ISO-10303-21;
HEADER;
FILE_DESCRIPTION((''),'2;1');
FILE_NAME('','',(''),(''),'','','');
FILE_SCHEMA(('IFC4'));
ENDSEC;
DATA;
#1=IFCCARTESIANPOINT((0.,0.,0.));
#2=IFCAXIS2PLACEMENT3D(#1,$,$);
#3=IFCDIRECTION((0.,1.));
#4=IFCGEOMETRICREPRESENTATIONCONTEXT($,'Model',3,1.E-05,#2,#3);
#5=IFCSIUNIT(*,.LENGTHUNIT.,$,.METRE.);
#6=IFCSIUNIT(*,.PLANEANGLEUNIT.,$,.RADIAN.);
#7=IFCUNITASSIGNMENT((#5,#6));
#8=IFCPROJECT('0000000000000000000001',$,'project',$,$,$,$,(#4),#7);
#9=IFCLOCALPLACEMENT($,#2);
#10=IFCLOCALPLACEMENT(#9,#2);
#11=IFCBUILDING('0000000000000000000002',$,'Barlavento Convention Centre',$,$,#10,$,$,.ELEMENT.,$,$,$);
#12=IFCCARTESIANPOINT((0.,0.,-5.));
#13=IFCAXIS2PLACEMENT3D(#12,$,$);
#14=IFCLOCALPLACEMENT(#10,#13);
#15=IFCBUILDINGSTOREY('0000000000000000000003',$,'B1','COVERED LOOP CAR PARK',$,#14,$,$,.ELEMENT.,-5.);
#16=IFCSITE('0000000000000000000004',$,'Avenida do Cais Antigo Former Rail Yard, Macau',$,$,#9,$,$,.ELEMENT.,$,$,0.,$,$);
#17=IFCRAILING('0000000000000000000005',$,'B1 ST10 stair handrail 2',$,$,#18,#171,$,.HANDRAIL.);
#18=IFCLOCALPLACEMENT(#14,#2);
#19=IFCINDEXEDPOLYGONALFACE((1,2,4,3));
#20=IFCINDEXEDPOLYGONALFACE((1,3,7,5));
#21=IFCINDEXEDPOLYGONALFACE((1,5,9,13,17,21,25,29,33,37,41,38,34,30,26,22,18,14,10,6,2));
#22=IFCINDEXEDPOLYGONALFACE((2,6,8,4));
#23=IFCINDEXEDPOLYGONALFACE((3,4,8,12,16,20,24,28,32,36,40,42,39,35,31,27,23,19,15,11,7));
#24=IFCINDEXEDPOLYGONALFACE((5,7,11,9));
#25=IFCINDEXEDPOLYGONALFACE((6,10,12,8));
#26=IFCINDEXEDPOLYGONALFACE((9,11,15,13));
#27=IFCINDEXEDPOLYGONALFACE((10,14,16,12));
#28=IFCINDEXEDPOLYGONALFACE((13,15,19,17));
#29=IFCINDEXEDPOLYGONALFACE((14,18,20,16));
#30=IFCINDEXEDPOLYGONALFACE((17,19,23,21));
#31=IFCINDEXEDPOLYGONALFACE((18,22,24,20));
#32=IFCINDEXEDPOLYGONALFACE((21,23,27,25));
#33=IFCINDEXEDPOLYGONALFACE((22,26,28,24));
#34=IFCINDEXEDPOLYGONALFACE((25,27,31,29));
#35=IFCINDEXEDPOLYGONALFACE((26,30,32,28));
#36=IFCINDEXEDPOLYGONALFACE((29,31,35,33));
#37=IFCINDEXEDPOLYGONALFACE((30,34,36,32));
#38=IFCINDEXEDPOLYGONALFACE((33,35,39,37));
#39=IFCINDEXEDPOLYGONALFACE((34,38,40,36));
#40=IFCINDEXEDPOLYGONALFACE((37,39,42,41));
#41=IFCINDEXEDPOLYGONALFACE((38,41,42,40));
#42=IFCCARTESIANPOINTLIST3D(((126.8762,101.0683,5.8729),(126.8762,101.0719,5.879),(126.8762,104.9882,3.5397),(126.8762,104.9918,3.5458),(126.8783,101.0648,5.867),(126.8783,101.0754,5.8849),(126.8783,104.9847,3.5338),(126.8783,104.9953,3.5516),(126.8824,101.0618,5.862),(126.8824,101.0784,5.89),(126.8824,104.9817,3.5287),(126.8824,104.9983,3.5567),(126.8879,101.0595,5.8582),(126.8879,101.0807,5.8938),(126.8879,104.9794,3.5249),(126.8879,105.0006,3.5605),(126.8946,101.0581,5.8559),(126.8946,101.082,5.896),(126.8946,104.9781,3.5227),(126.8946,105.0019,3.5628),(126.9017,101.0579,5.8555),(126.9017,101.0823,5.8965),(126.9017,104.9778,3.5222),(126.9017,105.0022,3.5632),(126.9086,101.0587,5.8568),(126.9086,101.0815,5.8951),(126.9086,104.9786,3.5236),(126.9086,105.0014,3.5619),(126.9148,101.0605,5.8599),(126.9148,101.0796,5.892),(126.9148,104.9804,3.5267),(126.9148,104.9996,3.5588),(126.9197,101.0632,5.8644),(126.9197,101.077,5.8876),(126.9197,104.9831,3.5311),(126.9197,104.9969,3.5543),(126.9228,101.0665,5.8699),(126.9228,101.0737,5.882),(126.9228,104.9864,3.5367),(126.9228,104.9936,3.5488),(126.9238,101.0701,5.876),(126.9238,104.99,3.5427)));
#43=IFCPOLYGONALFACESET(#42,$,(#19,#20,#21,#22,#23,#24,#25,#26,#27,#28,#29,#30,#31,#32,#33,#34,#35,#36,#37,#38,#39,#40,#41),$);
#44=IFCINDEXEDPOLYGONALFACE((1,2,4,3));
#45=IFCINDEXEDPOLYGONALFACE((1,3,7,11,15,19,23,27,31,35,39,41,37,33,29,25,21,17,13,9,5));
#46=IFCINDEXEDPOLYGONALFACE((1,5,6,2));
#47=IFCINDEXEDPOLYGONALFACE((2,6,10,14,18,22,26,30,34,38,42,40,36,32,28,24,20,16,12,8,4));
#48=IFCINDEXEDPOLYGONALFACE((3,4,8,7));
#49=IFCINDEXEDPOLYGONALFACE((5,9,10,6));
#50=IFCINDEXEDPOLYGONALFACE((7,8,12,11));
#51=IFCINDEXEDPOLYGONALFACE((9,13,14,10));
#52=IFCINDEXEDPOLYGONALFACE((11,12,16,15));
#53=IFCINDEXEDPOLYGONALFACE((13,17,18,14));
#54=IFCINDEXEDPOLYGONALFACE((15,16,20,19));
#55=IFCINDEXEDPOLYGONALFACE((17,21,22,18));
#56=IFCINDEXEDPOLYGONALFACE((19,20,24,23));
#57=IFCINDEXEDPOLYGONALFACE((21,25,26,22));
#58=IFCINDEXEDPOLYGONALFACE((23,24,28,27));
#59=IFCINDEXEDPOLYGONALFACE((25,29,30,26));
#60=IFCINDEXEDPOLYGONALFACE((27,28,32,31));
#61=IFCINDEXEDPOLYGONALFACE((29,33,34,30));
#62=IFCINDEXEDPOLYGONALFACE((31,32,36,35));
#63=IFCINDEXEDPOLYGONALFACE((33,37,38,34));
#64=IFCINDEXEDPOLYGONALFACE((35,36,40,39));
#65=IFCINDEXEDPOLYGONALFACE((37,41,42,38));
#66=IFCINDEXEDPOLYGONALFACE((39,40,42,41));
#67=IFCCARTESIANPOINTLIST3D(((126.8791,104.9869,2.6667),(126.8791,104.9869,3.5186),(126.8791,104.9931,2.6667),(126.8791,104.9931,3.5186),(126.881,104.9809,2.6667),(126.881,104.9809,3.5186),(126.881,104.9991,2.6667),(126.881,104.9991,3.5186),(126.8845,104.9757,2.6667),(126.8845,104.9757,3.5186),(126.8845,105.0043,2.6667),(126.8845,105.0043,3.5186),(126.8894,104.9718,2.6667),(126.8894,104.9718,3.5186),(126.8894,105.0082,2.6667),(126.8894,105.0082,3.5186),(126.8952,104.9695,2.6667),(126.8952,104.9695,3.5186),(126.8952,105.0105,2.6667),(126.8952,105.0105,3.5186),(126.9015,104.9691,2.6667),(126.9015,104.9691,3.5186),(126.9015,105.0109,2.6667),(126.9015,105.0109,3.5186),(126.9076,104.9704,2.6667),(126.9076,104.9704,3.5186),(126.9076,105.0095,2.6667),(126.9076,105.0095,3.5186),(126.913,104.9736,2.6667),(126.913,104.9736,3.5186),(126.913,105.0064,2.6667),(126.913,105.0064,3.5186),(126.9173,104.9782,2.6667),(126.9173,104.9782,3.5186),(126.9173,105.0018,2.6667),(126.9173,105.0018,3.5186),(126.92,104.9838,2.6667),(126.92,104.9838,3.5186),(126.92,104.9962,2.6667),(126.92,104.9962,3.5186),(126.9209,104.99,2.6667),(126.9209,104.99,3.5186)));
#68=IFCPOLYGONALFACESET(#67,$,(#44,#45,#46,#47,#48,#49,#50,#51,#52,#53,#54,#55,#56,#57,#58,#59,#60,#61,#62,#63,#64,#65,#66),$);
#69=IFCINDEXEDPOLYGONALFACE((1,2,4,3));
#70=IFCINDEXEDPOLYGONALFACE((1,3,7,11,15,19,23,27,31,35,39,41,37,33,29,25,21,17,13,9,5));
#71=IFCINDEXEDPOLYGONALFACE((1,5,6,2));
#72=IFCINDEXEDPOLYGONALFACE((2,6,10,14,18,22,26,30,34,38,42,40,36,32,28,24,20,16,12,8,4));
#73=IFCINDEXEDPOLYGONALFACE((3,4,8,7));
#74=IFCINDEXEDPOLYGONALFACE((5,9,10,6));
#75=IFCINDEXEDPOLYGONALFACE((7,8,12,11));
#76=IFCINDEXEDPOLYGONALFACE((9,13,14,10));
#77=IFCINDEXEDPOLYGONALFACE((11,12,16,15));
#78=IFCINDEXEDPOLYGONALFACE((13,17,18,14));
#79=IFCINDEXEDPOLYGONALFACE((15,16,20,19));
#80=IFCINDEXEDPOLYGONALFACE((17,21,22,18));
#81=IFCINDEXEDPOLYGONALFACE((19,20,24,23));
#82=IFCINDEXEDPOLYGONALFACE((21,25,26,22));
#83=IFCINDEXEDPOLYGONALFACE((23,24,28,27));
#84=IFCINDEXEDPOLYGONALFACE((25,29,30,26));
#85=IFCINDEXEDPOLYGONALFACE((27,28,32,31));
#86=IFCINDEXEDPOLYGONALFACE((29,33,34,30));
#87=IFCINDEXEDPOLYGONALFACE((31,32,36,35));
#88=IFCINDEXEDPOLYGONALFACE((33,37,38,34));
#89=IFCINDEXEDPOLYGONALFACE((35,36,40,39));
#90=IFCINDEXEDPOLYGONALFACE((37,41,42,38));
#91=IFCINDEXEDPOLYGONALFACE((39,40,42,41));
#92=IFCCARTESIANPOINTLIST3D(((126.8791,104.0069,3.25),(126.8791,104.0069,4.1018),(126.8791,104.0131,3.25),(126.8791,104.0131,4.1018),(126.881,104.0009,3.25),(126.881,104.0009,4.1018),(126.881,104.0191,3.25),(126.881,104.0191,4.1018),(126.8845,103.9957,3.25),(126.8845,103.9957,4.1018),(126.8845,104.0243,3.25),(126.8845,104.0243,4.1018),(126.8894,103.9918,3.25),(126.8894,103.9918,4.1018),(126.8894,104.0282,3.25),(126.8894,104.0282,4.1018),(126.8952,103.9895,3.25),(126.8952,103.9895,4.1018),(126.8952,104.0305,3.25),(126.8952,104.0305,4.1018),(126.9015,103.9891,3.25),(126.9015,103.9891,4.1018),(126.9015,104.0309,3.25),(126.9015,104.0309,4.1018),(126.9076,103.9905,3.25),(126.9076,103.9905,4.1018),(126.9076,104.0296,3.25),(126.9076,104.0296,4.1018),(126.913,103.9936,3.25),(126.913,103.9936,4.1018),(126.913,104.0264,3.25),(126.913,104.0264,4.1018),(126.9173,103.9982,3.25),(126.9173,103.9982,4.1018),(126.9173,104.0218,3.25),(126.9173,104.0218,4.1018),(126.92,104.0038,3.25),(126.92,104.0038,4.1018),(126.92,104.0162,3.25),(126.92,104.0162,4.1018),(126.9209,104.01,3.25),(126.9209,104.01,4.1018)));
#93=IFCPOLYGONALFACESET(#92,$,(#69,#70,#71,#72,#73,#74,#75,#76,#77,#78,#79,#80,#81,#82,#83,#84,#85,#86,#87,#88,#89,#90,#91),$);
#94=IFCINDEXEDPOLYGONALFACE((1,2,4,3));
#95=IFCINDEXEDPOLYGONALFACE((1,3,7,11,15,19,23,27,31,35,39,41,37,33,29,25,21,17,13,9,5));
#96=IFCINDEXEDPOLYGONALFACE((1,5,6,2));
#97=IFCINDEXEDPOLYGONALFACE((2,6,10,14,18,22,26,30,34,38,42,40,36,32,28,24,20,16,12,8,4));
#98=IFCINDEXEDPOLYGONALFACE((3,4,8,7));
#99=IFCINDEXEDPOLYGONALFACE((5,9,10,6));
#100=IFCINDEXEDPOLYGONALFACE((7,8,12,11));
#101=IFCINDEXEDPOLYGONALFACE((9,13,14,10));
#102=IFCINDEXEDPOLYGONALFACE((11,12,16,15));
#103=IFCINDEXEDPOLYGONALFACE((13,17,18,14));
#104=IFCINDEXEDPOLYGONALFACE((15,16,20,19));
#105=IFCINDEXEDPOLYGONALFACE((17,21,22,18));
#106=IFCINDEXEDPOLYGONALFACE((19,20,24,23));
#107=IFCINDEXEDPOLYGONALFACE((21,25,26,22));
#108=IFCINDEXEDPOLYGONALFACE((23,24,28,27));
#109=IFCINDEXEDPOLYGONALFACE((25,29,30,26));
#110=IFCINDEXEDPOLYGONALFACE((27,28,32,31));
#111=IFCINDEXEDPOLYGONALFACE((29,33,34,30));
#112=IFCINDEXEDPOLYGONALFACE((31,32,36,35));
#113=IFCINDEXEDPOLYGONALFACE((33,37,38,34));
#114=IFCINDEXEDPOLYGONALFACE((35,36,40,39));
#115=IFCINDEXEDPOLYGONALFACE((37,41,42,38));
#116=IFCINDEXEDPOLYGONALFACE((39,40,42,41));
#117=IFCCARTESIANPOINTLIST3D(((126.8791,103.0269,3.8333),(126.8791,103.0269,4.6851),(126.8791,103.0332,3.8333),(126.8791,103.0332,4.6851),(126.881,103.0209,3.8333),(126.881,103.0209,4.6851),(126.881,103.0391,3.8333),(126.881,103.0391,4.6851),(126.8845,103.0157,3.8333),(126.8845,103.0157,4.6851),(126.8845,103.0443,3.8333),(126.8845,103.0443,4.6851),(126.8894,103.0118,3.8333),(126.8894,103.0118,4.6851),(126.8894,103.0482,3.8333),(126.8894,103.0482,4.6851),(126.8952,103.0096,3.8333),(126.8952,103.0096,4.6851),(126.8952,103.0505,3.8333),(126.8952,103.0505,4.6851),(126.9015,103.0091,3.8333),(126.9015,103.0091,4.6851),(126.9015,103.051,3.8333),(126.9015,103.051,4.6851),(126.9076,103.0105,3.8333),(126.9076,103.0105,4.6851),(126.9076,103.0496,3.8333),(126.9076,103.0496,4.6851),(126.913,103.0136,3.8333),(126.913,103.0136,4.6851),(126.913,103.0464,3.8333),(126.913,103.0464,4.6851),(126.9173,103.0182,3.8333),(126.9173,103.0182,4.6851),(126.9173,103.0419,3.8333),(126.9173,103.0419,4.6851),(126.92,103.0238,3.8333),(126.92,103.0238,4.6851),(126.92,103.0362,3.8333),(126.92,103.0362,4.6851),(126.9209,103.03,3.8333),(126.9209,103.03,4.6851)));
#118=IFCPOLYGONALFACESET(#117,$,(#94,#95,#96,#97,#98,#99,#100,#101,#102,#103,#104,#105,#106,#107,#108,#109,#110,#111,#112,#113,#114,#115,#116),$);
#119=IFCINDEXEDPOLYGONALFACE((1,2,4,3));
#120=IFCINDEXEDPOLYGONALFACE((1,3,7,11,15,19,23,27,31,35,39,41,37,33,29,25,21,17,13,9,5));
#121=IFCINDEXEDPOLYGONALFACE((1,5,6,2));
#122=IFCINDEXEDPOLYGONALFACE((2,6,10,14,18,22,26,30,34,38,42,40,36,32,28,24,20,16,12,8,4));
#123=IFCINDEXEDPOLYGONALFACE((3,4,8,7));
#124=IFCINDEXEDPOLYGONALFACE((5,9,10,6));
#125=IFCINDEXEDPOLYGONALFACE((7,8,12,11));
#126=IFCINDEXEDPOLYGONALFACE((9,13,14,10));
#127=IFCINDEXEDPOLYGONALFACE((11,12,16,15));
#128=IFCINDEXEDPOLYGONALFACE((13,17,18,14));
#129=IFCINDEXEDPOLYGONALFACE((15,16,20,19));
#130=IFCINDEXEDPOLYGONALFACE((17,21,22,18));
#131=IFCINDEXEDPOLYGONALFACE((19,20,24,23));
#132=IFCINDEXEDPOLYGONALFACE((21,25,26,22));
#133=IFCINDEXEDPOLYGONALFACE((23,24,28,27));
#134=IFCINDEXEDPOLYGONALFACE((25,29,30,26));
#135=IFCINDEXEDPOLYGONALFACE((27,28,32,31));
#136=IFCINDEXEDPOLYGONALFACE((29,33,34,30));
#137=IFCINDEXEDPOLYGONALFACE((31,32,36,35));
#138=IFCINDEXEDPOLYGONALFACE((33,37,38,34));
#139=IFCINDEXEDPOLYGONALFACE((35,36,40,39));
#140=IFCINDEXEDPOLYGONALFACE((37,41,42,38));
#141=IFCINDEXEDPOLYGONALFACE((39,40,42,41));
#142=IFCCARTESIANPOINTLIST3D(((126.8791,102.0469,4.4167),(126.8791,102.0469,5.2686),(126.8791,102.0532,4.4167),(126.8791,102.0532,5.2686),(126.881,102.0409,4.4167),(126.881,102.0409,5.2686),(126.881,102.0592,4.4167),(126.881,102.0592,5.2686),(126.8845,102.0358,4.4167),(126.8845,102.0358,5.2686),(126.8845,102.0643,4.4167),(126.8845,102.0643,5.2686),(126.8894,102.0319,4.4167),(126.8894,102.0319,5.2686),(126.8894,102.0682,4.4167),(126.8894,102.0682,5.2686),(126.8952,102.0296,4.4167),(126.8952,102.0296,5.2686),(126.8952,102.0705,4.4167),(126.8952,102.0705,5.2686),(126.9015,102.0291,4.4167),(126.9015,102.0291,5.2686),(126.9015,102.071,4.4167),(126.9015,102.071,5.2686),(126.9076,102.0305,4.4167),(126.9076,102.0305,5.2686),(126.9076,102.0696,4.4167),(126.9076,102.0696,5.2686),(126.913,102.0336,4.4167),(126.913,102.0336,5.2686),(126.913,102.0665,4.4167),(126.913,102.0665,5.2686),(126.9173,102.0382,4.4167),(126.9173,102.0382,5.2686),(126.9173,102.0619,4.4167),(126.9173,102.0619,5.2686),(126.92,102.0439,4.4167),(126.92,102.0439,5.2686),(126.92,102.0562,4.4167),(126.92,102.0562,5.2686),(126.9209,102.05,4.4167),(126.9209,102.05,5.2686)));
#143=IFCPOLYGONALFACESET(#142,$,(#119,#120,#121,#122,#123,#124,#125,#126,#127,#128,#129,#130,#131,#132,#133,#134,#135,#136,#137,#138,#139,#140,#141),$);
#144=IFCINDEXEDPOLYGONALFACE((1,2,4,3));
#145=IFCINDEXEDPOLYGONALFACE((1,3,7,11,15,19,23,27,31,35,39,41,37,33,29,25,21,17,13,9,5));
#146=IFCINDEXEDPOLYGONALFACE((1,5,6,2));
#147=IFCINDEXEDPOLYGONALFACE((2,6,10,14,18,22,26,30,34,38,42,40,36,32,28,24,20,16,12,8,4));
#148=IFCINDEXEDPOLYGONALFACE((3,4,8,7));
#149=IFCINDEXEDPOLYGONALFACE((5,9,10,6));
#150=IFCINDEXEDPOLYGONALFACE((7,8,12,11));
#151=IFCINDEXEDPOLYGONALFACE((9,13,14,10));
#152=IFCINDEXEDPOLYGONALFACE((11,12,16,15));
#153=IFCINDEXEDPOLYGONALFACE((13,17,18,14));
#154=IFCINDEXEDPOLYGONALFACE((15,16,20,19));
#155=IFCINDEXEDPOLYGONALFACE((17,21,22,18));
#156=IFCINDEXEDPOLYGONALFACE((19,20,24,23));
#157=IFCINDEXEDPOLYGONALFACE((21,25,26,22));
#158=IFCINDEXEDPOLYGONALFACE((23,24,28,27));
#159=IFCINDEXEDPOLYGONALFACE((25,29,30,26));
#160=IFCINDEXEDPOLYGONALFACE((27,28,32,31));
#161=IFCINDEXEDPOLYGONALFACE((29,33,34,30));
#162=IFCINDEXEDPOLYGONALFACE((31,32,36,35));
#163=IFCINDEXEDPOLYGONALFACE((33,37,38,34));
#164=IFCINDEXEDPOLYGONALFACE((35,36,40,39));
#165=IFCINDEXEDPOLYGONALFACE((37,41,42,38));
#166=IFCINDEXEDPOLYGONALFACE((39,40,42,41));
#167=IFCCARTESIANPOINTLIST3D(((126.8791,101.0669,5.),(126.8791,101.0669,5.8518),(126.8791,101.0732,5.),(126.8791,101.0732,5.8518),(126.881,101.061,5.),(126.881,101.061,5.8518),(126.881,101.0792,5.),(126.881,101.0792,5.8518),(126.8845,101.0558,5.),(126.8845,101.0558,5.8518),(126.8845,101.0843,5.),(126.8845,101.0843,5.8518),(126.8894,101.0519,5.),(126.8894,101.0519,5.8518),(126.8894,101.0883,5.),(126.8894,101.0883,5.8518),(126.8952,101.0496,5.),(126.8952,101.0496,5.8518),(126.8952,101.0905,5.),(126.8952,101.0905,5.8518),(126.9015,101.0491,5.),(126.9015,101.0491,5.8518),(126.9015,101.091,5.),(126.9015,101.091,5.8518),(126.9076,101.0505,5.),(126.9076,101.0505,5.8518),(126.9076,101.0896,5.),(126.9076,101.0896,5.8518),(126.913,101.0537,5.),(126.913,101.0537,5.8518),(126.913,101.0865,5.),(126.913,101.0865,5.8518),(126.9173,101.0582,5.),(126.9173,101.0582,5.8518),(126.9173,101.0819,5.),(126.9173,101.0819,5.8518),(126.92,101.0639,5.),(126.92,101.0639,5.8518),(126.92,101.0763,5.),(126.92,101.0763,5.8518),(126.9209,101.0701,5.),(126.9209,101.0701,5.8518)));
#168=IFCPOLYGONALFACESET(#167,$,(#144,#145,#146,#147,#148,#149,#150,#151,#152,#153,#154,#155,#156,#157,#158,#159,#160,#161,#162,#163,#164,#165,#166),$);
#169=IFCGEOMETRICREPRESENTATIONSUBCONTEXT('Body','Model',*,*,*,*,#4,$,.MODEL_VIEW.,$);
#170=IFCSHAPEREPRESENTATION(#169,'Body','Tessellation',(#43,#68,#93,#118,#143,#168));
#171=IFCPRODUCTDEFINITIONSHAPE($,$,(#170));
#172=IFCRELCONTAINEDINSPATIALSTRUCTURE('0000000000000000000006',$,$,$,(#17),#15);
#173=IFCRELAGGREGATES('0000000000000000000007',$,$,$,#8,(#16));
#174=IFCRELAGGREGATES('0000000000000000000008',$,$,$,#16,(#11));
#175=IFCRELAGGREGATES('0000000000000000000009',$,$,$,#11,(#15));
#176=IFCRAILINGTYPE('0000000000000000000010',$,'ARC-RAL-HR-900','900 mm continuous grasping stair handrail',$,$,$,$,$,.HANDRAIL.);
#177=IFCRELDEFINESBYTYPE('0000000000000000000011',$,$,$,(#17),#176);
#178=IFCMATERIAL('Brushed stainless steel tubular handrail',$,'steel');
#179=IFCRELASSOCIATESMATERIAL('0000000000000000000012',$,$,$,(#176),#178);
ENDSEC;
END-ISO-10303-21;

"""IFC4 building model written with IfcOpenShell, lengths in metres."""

from ifc_helpers import new_model, si_unit, direction, frame, origin, origin_2d, place, context, subcontext, project, spatial, circle, extrude, material, type_object, element, save


model = new_model("IFC4")

# Units and contexts
model_context = context("Model", 3, precision=1e-05, world=origin(), true_north=direction((0.0, 1.0)))
body_context = subcontext(model_context, "Body", "Model", "MODEL_VIEW")
ifc_project = project(units=[si_unit("LENGTHUNIT", "METRE"), si_unit("PLANEANGLEUNIT", "RADIAN")], contexts=[model_context])

# Site, building, storey
site_placement = place(None, origin())
site = spatial("IfcSite", under=ifc_project, at=site_placement, Name="Avenida do Cais Antigo Former Rail Yard, Macau", CompositionType="ELEMENT", RefElevation=0.0)
building_placement = place(site_placement, origin())
building = spatial("IfcBuilding", under=site, at=building_placement, Name="Barlavento Convention Centre", CompositionType="ELEMENT")
storey_placement = place(building_placement, frame((0.0, 0.0, -5.0)))
storey = spatial("IfcBuildingStorey", under=building, at=storey_placement, Name="B1", Description="COVERED LOOP CAR PARK", CompositionType="ELEMENT", Elevation=-5.0)

# Railing
ifc_material_1 = material(Name="Brushed stainless steel tubular handrail", Category="steel")
railing_type_1 = type_object("IfcRailingType", Name="ARC-RAL-HR-900", Description="900 mm continuous grasping stair handrail", PredefinedType="HANDRAIL", material=ifc_material_1)
railing_1_placement = place(storey_placement, frame((126.8999, 104.99, 2.6667)))
element("IfcRailing", 1, at=railing_1_placement, inside=storey, type_object=railing_type_1, Name="B1 ST10 stair handrail 2", PredefinedType="HANDRAIL", context=body_context, shape_type="SweptSolid", body=[
    extrude(circle(Radius=0.0239, at=origin_2d()), frame((0.0, 0.0, 0.876), z_axis=(0.0, -0.859296, 0.511478), x_axis=(1.0, 0.0, 0.0)), (0.0, 0.0, 1.0), 4.5618),
    extrude(circle(Radius=0.021, at=origin_2d()), origin(), (0.0, 0.0, 1.0), 0.8518),
    extrude(circle(Radius=0.021, at=origin_2d()), frame((0.0, -0.98, 0.5833)), (0.0, 0.0, 1.0), 0.8518),
    extrude(circle(Radius=0.021, at=origin_2d()), frame((0.0, -1.96, 1.1665)), (0.0, 0.0, 1.0), 0.8518),
    extrude(circle(Radius=0.021, at=origin_2d()), frame((0.0, -2.9399, 1.75)), (0.0, 0.0, 1.0), 0.8518),
    extrude(circle(Radius=0.021, at=origin_2d()), frame((0.0, -3.9199, 2.3333)), (0.0, 0.0, 1.0), 0.8518),
])

save(model, "model.ifc")
